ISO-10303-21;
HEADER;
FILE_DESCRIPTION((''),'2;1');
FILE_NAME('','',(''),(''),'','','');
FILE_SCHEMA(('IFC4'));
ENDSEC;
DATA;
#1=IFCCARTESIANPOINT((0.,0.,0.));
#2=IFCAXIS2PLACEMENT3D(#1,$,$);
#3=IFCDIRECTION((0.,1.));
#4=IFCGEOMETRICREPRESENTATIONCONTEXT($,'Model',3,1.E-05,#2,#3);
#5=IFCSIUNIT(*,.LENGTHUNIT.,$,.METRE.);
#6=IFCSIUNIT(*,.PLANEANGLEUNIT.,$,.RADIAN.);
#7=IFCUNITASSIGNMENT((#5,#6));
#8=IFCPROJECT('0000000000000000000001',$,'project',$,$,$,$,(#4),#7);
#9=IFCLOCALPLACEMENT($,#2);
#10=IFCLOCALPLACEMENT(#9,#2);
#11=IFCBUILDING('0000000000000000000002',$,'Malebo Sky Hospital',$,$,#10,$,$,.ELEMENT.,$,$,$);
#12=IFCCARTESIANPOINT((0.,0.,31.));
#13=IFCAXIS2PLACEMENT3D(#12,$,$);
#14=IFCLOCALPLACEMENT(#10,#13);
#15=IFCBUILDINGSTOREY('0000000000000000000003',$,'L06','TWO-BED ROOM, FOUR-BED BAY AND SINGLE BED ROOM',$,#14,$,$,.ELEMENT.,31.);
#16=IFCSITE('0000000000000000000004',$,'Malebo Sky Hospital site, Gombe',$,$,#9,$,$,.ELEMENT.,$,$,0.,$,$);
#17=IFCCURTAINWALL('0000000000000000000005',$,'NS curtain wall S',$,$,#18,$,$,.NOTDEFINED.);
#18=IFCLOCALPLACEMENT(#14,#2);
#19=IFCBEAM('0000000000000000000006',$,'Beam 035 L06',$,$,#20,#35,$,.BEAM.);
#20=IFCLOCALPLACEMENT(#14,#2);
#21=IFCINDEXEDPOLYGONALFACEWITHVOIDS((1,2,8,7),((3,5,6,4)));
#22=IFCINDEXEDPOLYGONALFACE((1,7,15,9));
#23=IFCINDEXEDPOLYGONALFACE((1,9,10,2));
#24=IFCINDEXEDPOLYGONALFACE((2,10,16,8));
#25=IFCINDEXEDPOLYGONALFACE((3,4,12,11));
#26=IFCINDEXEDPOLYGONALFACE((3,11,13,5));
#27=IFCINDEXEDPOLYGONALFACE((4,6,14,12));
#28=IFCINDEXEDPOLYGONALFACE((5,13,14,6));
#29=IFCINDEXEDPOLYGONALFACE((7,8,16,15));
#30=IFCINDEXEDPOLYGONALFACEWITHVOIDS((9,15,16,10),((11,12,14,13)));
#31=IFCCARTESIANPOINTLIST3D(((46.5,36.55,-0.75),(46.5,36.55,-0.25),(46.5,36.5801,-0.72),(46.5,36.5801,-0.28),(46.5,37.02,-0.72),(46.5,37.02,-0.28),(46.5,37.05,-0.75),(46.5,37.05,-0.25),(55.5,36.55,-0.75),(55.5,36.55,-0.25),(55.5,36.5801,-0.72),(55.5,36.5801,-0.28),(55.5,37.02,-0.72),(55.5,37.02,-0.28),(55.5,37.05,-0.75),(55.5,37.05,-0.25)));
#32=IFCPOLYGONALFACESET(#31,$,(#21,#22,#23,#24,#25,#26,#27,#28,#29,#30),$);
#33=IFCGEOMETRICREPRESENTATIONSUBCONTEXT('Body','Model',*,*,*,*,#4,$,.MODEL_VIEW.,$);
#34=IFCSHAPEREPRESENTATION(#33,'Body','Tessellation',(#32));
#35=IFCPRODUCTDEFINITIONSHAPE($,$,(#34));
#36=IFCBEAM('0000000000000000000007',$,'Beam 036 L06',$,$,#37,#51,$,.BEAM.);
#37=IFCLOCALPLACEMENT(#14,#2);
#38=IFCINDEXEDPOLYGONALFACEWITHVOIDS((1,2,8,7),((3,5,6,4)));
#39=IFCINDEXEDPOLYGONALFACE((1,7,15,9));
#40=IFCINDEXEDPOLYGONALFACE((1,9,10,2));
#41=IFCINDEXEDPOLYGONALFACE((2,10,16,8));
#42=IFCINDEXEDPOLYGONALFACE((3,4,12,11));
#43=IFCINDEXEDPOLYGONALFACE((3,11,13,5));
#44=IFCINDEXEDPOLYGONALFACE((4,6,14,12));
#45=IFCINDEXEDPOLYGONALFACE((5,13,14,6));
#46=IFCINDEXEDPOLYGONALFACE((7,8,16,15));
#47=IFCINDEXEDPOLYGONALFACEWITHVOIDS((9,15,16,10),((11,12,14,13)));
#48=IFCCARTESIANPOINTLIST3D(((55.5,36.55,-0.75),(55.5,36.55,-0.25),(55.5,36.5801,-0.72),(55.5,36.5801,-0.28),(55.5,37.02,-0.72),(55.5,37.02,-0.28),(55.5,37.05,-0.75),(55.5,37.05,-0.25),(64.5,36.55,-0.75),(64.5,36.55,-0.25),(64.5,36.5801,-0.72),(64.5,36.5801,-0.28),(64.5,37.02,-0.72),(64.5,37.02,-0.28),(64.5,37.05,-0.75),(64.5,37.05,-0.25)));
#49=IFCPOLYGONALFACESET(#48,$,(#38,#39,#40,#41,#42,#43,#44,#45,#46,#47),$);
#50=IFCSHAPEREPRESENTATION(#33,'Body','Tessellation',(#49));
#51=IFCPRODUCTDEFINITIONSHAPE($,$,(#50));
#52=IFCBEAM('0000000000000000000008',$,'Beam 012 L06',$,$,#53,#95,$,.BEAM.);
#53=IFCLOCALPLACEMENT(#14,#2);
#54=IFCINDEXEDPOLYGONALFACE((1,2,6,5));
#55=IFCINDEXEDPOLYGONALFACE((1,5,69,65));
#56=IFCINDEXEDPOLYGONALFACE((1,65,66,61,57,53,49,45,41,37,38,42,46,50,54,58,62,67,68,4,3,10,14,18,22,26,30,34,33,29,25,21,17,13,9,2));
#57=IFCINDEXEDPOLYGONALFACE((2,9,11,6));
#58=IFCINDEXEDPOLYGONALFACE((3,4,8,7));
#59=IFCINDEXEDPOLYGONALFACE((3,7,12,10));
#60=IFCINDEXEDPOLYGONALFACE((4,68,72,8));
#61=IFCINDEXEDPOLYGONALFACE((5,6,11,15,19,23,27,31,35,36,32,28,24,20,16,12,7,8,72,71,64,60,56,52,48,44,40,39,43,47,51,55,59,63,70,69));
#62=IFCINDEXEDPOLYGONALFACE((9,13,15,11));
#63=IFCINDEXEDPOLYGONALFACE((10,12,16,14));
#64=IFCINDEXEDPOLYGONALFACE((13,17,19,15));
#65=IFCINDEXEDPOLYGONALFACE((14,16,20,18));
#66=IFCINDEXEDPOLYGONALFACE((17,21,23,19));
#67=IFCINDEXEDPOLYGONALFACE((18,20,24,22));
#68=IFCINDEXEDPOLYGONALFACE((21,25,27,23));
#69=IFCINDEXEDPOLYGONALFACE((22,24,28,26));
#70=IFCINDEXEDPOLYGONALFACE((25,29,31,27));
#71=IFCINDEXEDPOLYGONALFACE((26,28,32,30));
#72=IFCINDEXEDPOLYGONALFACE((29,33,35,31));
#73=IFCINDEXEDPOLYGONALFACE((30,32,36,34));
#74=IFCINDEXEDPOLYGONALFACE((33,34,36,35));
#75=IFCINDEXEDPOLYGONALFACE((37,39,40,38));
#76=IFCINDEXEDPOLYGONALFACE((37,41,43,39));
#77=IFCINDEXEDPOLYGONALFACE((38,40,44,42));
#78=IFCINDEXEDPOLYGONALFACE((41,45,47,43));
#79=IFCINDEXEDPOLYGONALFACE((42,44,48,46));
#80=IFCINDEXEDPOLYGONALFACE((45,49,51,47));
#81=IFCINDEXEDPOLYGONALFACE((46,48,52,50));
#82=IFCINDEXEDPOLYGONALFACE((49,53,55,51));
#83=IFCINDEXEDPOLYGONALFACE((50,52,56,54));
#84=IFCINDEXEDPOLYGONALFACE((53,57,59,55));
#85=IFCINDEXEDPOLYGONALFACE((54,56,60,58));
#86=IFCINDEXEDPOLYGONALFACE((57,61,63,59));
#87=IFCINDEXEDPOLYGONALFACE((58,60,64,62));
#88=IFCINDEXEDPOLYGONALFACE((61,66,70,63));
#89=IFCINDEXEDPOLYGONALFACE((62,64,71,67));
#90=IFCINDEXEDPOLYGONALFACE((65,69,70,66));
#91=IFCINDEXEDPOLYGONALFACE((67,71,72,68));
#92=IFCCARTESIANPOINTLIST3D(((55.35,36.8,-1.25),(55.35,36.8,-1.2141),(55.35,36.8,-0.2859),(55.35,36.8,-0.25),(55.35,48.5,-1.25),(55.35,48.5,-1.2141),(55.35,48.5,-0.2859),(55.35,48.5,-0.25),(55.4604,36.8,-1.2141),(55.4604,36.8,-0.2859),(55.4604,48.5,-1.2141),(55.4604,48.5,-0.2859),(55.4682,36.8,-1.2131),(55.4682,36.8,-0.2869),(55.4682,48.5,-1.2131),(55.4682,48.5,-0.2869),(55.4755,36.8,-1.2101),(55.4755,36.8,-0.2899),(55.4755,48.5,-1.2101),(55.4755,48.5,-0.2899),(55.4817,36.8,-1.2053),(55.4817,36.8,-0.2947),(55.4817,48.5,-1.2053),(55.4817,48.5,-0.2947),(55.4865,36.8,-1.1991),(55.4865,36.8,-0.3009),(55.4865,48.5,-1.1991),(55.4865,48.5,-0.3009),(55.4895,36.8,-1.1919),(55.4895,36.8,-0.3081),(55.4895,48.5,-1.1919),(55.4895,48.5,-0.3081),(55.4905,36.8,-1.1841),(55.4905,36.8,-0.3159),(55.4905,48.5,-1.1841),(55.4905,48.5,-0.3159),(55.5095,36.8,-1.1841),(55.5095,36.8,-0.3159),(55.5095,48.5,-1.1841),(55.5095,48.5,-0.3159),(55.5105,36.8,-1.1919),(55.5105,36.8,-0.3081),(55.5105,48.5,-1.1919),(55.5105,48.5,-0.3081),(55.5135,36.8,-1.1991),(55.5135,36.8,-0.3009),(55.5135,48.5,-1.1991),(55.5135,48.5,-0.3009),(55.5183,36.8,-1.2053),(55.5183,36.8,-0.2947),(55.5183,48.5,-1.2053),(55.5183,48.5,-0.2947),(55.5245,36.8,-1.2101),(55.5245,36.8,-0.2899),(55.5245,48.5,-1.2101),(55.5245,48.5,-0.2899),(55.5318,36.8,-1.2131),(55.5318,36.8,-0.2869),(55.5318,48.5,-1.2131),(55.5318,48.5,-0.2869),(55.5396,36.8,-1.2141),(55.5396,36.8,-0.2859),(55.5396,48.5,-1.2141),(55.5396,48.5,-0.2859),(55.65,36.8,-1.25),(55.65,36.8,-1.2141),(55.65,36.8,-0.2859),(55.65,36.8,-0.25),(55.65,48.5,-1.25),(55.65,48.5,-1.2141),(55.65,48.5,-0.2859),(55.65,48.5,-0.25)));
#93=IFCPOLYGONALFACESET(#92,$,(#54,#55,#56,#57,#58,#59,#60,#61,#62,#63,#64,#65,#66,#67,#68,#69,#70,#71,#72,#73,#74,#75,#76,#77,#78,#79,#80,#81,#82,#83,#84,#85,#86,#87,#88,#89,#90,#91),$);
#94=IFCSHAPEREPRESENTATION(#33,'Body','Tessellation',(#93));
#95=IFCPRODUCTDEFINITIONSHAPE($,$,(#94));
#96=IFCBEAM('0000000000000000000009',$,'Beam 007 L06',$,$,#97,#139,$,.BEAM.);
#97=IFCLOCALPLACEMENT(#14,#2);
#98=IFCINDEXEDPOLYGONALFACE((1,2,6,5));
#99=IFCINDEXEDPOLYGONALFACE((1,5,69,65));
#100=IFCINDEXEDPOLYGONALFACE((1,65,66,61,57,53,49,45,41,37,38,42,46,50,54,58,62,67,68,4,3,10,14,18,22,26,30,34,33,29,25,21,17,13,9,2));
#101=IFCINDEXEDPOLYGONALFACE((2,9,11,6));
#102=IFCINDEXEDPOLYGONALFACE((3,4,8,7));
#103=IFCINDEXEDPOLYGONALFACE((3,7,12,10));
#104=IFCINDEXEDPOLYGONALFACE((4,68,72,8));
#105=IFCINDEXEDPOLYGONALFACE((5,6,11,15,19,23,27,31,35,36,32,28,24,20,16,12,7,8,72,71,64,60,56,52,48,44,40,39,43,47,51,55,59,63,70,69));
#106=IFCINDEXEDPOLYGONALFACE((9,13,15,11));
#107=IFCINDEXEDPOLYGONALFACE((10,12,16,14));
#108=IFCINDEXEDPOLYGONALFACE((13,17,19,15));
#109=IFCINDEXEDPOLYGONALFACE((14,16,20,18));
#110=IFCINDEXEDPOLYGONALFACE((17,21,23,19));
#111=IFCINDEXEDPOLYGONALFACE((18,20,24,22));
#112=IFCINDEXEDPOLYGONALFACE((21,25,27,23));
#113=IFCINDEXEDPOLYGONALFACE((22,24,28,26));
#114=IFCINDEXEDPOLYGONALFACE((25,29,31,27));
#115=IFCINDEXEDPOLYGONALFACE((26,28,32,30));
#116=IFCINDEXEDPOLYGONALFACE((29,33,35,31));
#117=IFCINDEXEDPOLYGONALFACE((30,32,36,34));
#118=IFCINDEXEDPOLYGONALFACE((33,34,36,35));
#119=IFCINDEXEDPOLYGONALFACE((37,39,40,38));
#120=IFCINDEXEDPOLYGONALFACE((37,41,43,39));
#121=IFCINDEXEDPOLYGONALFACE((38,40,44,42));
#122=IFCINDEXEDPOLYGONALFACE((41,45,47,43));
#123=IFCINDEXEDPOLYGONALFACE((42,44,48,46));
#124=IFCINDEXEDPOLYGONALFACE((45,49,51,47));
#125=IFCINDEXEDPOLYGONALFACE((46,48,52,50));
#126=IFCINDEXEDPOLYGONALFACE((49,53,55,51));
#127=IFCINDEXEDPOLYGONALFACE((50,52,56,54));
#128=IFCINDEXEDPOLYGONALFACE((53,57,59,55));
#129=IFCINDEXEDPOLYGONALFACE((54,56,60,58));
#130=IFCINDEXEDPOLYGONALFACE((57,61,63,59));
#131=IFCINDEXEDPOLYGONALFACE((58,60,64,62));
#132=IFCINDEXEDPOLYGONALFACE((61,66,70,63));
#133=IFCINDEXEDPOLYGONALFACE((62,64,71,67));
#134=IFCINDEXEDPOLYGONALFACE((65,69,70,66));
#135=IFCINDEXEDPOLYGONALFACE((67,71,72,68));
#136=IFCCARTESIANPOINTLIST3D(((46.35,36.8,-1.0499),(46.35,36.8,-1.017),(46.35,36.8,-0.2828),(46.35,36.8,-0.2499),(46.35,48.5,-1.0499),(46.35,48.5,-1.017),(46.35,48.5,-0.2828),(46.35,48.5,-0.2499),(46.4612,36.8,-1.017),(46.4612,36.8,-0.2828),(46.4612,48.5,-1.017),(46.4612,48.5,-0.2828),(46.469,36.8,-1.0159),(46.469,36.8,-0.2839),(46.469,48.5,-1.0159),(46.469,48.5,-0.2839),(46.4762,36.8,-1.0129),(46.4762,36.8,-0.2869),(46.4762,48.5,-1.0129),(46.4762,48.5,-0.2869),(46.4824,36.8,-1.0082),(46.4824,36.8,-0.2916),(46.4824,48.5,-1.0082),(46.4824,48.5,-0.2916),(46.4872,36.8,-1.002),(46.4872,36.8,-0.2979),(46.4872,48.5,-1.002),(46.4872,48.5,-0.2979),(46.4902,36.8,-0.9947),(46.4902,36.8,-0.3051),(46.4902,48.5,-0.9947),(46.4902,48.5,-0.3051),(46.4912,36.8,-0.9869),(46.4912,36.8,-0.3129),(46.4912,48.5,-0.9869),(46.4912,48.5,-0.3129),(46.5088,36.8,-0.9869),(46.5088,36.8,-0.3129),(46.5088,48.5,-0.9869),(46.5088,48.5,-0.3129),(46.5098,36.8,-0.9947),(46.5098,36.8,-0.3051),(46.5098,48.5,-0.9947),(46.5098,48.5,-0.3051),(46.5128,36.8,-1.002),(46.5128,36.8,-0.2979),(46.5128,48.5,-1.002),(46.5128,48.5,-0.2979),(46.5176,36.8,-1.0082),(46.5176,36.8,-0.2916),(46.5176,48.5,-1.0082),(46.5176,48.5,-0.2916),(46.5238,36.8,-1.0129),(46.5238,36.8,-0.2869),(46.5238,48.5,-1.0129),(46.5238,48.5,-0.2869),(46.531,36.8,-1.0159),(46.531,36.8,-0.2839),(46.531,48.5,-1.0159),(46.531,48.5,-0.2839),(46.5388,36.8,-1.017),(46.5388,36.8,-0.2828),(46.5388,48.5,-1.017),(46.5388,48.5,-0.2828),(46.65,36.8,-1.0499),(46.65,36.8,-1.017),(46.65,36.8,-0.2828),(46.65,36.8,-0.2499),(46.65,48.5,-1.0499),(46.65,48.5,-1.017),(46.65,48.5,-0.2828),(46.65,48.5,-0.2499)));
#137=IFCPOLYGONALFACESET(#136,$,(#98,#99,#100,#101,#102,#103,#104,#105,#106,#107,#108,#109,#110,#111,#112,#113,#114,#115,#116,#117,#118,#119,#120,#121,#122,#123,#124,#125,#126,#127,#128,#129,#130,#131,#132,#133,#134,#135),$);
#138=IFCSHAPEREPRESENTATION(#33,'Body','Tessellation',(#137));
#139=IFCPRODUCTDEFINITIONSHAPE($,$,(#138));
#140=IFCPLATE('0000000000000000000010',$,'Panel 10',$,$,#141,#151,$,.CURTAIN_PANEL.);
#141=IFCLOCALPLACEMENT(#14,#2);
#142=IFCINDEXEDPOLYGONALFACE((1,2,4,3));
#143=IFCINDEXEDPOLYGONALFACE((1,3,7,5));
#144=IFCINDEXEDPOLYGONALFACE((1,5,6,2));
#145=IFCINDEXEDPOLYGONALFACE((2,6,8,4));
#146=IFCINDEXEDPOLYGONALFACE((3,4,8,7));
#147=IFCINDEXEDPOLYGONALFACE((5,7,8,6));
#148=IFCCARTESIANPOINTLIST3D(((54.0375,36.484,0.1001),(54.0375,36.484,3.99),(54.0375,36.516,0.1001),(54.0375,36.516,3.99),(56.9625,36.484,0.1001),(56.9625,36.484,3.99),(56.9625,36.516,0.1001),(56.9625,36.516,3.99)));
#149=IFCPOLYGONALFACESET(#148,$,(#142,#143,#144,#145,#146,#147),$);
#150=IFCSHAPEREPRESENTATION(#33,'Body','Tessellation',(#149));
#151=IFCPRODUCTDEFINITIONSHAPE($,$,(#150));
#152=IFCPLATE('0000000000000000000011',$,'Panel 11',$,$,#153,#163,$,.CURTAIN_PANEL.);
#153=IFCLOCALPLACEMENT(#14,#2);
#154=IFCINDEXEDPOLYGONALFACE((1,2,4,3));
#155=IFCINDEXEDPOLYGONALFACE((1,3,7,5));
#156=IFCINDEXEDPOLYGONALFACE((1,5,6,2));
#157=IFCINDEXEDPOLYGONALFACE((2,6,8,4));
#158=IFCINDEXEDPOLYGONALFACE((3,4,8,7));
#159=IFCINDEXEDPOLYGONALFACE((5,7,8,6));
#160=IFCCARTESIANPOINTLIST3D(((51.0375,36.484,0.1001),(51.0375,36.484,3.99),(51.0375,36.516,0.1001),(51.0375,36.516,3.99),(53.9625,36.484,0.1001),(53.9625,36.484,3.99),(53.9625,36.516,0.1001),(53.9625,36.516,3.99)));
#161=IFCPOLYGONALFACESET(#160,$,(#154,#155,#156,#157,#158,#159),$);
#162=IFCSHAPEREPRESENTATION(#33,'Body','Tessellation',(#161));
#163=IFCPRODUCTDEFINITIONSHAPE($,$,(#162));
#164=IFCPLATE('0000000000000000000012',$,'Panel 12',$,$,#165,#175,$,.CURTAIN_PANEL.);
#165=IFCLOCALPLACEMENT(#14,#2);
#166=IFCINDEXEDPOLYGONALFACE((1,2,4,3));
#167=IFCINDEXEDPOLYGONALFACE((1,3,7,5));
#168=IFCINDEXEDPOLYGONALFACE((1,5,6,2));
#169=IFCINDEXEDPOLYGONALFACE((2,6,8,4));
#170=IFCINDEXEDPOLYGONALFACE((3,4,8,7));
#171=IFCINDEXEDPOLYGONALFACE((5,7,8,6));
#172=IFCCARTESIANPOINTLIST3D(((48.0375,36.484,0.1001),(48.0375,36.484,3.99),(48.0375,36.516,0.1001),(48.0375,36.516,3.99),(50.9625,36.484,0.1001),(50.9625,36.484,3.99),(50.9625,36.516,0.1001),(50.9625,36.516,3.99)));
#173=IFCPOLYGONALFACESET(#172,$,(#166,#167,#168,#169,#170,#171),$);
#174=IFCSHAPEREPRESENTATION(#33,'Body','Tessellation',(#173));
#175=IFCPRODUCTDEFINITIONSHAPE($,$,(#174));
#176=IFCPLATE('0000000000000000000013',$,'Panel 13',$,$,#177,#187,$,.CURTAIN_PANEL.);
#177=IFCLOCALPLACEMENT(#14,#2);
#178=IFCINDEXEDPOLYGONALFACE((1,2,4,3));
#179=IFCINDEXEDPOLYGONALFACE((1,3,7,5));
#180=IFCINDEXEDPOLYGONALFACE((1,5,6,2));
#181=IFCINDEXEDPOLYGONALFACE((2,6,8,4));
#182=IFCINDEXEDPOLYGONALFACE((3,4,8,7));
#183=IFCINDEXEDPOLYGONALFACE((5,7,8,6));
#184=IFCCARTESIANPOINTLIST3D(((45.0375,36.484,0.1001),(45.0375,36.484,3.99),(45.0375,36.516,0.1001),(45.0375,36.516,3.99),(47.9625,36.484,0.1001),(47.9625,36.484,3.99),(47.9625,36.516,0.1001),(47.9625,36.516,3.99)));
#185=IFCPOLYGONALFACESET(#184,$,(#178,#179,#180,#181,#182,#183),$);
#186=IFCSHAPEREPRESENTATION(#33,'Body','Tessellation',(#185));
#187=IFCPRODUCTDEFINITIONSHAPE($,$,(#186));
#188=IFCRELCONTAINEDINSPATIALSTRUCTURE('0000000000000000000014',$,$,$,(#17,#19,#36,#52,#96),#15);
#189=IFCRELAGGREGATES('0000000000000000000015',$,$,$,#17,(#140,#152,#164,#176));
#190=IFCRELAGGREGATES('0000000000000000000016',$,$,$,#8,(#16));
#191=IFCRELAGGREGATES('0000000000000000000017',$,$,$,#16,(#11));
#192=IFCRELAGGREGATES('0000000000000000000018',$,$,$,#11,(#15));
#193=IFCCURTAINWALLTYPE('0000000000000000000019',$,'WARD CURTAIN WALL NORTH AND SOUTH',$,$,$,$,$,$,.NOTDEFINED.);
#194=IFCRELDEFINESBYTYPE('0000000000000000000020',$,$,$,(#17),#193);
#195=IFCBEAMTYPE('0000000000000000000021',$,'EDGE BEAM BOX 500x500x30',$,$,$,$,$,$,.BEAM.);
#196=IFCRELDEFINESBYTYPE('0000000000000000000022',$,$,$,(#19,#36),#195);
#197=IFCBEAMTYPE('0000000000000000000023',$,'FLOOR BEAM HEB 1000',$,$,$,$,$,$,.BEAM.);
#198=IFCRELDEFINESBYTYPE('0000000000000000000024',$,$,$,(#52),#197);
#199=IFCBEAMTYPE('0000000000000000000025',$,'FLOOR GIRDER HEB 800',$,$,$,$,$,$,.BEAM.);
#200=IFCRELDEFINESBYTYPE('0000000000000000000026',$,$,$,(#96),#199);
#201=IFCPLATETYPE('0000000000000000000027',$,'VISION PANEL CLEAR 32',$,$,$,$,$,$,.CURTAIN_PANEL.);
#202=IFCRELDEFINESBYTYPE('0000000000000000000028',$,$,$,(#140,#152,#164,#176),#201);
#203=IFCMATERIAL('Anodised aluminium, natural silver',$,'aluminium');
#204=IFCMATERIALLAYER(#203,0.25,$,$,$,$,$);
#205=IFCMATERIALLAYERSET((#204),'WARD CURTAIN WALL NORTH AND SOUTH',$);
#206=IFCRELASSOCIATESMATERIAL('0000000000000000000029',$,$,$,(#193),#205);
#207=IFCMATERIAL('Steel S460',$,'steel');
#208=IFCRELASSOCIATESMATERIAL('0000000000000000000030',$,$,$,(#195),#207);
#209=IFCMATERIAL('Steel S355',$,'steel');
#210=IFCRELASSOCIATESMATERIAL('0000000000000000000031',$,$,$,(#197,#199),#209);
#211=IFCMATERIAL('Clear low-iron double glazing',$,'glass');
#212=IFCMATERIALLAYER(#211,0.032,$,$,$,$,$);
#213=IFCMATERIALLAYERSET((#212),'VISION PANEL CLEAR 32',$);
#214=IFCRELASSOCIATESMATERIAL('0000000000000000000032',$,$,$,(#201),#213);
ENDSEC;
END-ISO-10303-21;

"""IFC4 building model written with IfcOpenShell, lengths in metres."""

from ifc_helpers import new_model, si_unit, direction, frame, origin, origin_2d, place, context, subcontext, project, spatial, rectangle, hollow_rectangle, i_section, extrude, material, layer, layer_set, material_profile, profile_set, type_object, element, aggregate, save


model = new_model("IFC4")

# Units and contexts
model_context = context("Model", 3, precision=1e-05, world=origin(), true_north=direction((0.0, 1.0)))
body_context = subcontext(model_context, "Body", "Model", "MODEL_VIEW")
ifc_project = project(units=[si_unit("LENGTHUNIT", "METRE"), si_unit("PLANEANGLEUNIT", "RADIAN")], contexts=[model_context])

# Site, building, storey
site_placement = place(None, origin())
site = spatial("IfcSite", under=ifc_project, at=site_placement, Name="Malebo Sky Hospital site, Gombe", CompositionType="ELEMENT", RefElevation=0.0)
building_placement = place(site_placement, origin())
building = spatial("IfcBuilding", under=site, at=building_placement, Name="Malebo Sky Hospital", CompositionType="ELEMENT")
storey_placement = place(building_placement, frame((0.0, 0.0, 31.0)))
storey = spatial("IfcBuildingStorey", under=building, at=storey_placement, Name="L06", Description="TWO-BED ROOM, FOUR-BED BAY AND SINGLE BED ROOM", CompositionType="ELEMENT", Elevation=31.0)

# Shared definitions
ifc_material_1 = material(Name="Steel S460", Category="steel")

# Curtain wall
ifc_material_2 = material(Name="Anodised aluminium, natural silver", Category="aluminium")
ifc_layer_1 = layer(ifc_material_2, 0.25)
ifc_layer_set_1 = layer_set([ifc_layer_1], Name="WARD CURTAIN WALL NORTH AND SOUTH")
curtain_wall_type = type_object("IfcCurtainWallType", Name="WARD CURTAIN WALL NORTH AND SOUTH", PredefinedType="NOTDEFINED", material=ifc_layer_set_1)
curtain_wall_placement = place(storey_placement, origin())
curtain_wall = element("IfcCurtainWall", 1, at=curtain_wall_placement, inside=storey, type_object=curtain_wall_type, Name="NS curtain wall S", PredefinedType="NOTDEFINED")

# Beams
ifc_material_profile_1 = material_profile(ifc_material_1, hollow_rectangle(XDim=0.5, YDim=0.5, WallThickness=0.03, at=origin_2d()), Name="BOX 500x500x30")
ifc_profile_set_1 = profile_set([ifc_material_profile_1], Name="Steel S460")
beam_type_1 = type_object("IfcBeamType", Name="EDGE BEAM BOX 500x500x30", PredefinedType="BEAM", material=ifc_profile_set_1)
for number, where, z_axis, x_axis, name in (
    (2, (46.5, 36.8, -0.5), (1.0, 0.0, 0.0), (0.0, 1.0, 0.0), "Beam 035 L06"),
    (3, (55.5, 36.8, -0.5), (1.0, 0.0, 0.0), (0.0, 1.0, 0.0), "Beam 036 L06"),
):
    element("IfcBeam", number, at=place(storey_placement, frame(where, z_axis=z_axis, x_axis=x_axis)), inside=storey, type_object=beam_type_1, Name=name, PredefinedType="BEAM", context=body_context, shape_type="SweptSolid", body=[
        extrude(hollow_rectangle(XDim=0.5, YDim=0.5, WallThickness=0.03, at=origin_2d()), origin(), (0.0, 0.0, 1.0), 9.0),
    ])
ifc_material_3 = material(Name="Steel S355", Category="steel")
ifc_material_profile_2 = material_profile(ifc_material_3, i_section(OverallWidth=0.3, OverallDepth=1.0, WebThickness=0.019, FlangeThickness=0.0359, FilletRadius=0.03, at=origin_2d()), Name="HEB 1000")
ifc_profile_set_2 = profile_set([ifc_material_profile_2], Name="Steel S355")
beam_type_2 = type_object("IfcBeamType", Name="FLOOR BEAM HEB 1000", PredefinedType="BEAM", material=ifc_profile_set_2)
beam_1_placement = place(storey_placement, frame((55.5, 36.8, -0.75), z_axis=(0.0, 1.0, 0.0), x_axis=(-1.0, 0.0, 0.0)))
element("IfcBeam", 4, at=beam_1_placement, inside=storey, type_object=beam_type_2, Name="Beam 012 L06", PredefinedType="BEAM", context=body_context, shape_type="SweptSolid", body=[
    extrude(i_section(OverallWidth=0.3, OverallDepth=1.0, WebThickness=0.019, FlangeThickness=0.0359, FilletRadius=0.03, at=origin_2d()), origin(), (0.0, 0.0, 1.0), 11.7),
])
ifc_material_profile_3 = material_profile(ifc_material_3, i_section(OverallWidth=0.3, OverallDepth=0.8, WebThickness=0.0176, FlangeThickness=0.033, FilletRadius=0.03, at=origin_2d()), Name="HEB 800")
ifc_profile_set_3 = profile_set([ifc_material_profile_3], Name="Steel S355")
beam_type_3 = type_object("IfcBeamType", Name="FLOOR GIRDER HEB 800", PredefinedType="BEAM", material=ifc_profile_set_3)
beam_2_placement = place(storey_placement, frame((46.5, 36.8, -0.6499), z_axis=(0.0, 1.0, 0.0), x_axis=(-1.0, 0.0, 0.0)))
element("IfcBeam", 5, at=beam_2_placement, inside=storey, type_object=beam_type_3, Name="Beam 007 L06", PredefinedType="BEAM", context=body_context, shape_type="SweptSolid", body=[
    extrude(i_section(OverallWidth=0.3, OverallDepth=0.8, WebThickness=0.0176, FlangeThickness=0.033, FilletRadius=0.03, at=origin_2d()), origin(), (0.0, 0.0, 1.0), 11.7),
])

# Plates
ifc_material_4 = material(Name="Clear low-iron double glazing", Category="glass")
ifc_layer_2 = layer(ifc_material_4, 0.032)
ifc_layer_set_2 = layer_set([ifc_layer_2], Name="VISION PANEL CLEAR 32")
plate_type = type_object("IfcPlateType", Name="VISION PANEL CLEAR 32", PredefinedType="CURTAIN_PANEL", material=ifc_layer_set_2)
plate_1_placement = place(storey_placement, frame((55.5, 36.5, 0.1001), z_axis=(0.0, 0.0, 1.0), x_axis=(-1.0, 0.0, 0.0)))
plate_1 = element("IfcPlate", 6, at=plate_1_placement, type_object=plate_type, Name="Panel 10", PredefinedType="CURTAIN_PANEL", context=body_context, shape_type="SweptSolid", body=[
    extrude(rectangle(XDim=2.925, YDim=0.032, at=origin_2d()), origin(), (0.0, 0.0, 1.0), 3.8899),
])
plate_2_placement = place(storey_placement, frame((52.5, 36.5, 0.1001), z_axis=(0.0, 0.0, 1.0), x_axis=(-1.0, 0.0, 0.0)))
plate_2 = element("IfcPlate", 7, at=plate_2_placement, type_object=plate_type, Name="Panel 11", PredefinedType="CURTAIN_PANEL", context=body_context, shape_type="SweptSolid", body=[
    extrude(rectangle(XDim=2.925, YDim=0.032, at=origin_2d()), origin(), (0.0, 0.0, 1.0), 3.8899),
])
plate_3_placement = place(storey_placement, frame((49.5, 36.5, 0.1001), z_axis=(0.0, 0.0, 1.0), x_axis=(-1.0, 0.0, 0.0)))
plate_3 = element("IfcPlate", 8, at=plate_3_placement, type_object=plate_type, Name="Panel 12", PredefinedType="CURTAIN_PANEL", context=body_context, shape_type="SweptSolid", body=[
    extrude(rectangle(XDim=2.925, YDim=0.032, at=origin_2d()), origin(), (0.0, 0.0, 1.0), 3.8899),
])
plate_4_placement = place(storey_placement, frame((46.5, 36.5, 0.1001), z_axis=(0.0, 0.0, 1.0), x_axis=(-1.0, 0.0, 0.0)))
plate_4 = element("IfcPlate", 9, at=plate_4_placement, type_object=plate_type, Name="Panel 13", PredefinedType="CURTAIN_PANEL", context=body_context, shape_type="SweptSolid", body=[
    extrude(rectangle(XDim=2.925, YDim=0.032, at=origin_2d()), origin(), (0.0, 0.0, 1.0), 3.8899),
])
aggregate(curtain_wall, [plate_1, plate_2, plate_3, plate_4])

save(model, "model.ifc")
